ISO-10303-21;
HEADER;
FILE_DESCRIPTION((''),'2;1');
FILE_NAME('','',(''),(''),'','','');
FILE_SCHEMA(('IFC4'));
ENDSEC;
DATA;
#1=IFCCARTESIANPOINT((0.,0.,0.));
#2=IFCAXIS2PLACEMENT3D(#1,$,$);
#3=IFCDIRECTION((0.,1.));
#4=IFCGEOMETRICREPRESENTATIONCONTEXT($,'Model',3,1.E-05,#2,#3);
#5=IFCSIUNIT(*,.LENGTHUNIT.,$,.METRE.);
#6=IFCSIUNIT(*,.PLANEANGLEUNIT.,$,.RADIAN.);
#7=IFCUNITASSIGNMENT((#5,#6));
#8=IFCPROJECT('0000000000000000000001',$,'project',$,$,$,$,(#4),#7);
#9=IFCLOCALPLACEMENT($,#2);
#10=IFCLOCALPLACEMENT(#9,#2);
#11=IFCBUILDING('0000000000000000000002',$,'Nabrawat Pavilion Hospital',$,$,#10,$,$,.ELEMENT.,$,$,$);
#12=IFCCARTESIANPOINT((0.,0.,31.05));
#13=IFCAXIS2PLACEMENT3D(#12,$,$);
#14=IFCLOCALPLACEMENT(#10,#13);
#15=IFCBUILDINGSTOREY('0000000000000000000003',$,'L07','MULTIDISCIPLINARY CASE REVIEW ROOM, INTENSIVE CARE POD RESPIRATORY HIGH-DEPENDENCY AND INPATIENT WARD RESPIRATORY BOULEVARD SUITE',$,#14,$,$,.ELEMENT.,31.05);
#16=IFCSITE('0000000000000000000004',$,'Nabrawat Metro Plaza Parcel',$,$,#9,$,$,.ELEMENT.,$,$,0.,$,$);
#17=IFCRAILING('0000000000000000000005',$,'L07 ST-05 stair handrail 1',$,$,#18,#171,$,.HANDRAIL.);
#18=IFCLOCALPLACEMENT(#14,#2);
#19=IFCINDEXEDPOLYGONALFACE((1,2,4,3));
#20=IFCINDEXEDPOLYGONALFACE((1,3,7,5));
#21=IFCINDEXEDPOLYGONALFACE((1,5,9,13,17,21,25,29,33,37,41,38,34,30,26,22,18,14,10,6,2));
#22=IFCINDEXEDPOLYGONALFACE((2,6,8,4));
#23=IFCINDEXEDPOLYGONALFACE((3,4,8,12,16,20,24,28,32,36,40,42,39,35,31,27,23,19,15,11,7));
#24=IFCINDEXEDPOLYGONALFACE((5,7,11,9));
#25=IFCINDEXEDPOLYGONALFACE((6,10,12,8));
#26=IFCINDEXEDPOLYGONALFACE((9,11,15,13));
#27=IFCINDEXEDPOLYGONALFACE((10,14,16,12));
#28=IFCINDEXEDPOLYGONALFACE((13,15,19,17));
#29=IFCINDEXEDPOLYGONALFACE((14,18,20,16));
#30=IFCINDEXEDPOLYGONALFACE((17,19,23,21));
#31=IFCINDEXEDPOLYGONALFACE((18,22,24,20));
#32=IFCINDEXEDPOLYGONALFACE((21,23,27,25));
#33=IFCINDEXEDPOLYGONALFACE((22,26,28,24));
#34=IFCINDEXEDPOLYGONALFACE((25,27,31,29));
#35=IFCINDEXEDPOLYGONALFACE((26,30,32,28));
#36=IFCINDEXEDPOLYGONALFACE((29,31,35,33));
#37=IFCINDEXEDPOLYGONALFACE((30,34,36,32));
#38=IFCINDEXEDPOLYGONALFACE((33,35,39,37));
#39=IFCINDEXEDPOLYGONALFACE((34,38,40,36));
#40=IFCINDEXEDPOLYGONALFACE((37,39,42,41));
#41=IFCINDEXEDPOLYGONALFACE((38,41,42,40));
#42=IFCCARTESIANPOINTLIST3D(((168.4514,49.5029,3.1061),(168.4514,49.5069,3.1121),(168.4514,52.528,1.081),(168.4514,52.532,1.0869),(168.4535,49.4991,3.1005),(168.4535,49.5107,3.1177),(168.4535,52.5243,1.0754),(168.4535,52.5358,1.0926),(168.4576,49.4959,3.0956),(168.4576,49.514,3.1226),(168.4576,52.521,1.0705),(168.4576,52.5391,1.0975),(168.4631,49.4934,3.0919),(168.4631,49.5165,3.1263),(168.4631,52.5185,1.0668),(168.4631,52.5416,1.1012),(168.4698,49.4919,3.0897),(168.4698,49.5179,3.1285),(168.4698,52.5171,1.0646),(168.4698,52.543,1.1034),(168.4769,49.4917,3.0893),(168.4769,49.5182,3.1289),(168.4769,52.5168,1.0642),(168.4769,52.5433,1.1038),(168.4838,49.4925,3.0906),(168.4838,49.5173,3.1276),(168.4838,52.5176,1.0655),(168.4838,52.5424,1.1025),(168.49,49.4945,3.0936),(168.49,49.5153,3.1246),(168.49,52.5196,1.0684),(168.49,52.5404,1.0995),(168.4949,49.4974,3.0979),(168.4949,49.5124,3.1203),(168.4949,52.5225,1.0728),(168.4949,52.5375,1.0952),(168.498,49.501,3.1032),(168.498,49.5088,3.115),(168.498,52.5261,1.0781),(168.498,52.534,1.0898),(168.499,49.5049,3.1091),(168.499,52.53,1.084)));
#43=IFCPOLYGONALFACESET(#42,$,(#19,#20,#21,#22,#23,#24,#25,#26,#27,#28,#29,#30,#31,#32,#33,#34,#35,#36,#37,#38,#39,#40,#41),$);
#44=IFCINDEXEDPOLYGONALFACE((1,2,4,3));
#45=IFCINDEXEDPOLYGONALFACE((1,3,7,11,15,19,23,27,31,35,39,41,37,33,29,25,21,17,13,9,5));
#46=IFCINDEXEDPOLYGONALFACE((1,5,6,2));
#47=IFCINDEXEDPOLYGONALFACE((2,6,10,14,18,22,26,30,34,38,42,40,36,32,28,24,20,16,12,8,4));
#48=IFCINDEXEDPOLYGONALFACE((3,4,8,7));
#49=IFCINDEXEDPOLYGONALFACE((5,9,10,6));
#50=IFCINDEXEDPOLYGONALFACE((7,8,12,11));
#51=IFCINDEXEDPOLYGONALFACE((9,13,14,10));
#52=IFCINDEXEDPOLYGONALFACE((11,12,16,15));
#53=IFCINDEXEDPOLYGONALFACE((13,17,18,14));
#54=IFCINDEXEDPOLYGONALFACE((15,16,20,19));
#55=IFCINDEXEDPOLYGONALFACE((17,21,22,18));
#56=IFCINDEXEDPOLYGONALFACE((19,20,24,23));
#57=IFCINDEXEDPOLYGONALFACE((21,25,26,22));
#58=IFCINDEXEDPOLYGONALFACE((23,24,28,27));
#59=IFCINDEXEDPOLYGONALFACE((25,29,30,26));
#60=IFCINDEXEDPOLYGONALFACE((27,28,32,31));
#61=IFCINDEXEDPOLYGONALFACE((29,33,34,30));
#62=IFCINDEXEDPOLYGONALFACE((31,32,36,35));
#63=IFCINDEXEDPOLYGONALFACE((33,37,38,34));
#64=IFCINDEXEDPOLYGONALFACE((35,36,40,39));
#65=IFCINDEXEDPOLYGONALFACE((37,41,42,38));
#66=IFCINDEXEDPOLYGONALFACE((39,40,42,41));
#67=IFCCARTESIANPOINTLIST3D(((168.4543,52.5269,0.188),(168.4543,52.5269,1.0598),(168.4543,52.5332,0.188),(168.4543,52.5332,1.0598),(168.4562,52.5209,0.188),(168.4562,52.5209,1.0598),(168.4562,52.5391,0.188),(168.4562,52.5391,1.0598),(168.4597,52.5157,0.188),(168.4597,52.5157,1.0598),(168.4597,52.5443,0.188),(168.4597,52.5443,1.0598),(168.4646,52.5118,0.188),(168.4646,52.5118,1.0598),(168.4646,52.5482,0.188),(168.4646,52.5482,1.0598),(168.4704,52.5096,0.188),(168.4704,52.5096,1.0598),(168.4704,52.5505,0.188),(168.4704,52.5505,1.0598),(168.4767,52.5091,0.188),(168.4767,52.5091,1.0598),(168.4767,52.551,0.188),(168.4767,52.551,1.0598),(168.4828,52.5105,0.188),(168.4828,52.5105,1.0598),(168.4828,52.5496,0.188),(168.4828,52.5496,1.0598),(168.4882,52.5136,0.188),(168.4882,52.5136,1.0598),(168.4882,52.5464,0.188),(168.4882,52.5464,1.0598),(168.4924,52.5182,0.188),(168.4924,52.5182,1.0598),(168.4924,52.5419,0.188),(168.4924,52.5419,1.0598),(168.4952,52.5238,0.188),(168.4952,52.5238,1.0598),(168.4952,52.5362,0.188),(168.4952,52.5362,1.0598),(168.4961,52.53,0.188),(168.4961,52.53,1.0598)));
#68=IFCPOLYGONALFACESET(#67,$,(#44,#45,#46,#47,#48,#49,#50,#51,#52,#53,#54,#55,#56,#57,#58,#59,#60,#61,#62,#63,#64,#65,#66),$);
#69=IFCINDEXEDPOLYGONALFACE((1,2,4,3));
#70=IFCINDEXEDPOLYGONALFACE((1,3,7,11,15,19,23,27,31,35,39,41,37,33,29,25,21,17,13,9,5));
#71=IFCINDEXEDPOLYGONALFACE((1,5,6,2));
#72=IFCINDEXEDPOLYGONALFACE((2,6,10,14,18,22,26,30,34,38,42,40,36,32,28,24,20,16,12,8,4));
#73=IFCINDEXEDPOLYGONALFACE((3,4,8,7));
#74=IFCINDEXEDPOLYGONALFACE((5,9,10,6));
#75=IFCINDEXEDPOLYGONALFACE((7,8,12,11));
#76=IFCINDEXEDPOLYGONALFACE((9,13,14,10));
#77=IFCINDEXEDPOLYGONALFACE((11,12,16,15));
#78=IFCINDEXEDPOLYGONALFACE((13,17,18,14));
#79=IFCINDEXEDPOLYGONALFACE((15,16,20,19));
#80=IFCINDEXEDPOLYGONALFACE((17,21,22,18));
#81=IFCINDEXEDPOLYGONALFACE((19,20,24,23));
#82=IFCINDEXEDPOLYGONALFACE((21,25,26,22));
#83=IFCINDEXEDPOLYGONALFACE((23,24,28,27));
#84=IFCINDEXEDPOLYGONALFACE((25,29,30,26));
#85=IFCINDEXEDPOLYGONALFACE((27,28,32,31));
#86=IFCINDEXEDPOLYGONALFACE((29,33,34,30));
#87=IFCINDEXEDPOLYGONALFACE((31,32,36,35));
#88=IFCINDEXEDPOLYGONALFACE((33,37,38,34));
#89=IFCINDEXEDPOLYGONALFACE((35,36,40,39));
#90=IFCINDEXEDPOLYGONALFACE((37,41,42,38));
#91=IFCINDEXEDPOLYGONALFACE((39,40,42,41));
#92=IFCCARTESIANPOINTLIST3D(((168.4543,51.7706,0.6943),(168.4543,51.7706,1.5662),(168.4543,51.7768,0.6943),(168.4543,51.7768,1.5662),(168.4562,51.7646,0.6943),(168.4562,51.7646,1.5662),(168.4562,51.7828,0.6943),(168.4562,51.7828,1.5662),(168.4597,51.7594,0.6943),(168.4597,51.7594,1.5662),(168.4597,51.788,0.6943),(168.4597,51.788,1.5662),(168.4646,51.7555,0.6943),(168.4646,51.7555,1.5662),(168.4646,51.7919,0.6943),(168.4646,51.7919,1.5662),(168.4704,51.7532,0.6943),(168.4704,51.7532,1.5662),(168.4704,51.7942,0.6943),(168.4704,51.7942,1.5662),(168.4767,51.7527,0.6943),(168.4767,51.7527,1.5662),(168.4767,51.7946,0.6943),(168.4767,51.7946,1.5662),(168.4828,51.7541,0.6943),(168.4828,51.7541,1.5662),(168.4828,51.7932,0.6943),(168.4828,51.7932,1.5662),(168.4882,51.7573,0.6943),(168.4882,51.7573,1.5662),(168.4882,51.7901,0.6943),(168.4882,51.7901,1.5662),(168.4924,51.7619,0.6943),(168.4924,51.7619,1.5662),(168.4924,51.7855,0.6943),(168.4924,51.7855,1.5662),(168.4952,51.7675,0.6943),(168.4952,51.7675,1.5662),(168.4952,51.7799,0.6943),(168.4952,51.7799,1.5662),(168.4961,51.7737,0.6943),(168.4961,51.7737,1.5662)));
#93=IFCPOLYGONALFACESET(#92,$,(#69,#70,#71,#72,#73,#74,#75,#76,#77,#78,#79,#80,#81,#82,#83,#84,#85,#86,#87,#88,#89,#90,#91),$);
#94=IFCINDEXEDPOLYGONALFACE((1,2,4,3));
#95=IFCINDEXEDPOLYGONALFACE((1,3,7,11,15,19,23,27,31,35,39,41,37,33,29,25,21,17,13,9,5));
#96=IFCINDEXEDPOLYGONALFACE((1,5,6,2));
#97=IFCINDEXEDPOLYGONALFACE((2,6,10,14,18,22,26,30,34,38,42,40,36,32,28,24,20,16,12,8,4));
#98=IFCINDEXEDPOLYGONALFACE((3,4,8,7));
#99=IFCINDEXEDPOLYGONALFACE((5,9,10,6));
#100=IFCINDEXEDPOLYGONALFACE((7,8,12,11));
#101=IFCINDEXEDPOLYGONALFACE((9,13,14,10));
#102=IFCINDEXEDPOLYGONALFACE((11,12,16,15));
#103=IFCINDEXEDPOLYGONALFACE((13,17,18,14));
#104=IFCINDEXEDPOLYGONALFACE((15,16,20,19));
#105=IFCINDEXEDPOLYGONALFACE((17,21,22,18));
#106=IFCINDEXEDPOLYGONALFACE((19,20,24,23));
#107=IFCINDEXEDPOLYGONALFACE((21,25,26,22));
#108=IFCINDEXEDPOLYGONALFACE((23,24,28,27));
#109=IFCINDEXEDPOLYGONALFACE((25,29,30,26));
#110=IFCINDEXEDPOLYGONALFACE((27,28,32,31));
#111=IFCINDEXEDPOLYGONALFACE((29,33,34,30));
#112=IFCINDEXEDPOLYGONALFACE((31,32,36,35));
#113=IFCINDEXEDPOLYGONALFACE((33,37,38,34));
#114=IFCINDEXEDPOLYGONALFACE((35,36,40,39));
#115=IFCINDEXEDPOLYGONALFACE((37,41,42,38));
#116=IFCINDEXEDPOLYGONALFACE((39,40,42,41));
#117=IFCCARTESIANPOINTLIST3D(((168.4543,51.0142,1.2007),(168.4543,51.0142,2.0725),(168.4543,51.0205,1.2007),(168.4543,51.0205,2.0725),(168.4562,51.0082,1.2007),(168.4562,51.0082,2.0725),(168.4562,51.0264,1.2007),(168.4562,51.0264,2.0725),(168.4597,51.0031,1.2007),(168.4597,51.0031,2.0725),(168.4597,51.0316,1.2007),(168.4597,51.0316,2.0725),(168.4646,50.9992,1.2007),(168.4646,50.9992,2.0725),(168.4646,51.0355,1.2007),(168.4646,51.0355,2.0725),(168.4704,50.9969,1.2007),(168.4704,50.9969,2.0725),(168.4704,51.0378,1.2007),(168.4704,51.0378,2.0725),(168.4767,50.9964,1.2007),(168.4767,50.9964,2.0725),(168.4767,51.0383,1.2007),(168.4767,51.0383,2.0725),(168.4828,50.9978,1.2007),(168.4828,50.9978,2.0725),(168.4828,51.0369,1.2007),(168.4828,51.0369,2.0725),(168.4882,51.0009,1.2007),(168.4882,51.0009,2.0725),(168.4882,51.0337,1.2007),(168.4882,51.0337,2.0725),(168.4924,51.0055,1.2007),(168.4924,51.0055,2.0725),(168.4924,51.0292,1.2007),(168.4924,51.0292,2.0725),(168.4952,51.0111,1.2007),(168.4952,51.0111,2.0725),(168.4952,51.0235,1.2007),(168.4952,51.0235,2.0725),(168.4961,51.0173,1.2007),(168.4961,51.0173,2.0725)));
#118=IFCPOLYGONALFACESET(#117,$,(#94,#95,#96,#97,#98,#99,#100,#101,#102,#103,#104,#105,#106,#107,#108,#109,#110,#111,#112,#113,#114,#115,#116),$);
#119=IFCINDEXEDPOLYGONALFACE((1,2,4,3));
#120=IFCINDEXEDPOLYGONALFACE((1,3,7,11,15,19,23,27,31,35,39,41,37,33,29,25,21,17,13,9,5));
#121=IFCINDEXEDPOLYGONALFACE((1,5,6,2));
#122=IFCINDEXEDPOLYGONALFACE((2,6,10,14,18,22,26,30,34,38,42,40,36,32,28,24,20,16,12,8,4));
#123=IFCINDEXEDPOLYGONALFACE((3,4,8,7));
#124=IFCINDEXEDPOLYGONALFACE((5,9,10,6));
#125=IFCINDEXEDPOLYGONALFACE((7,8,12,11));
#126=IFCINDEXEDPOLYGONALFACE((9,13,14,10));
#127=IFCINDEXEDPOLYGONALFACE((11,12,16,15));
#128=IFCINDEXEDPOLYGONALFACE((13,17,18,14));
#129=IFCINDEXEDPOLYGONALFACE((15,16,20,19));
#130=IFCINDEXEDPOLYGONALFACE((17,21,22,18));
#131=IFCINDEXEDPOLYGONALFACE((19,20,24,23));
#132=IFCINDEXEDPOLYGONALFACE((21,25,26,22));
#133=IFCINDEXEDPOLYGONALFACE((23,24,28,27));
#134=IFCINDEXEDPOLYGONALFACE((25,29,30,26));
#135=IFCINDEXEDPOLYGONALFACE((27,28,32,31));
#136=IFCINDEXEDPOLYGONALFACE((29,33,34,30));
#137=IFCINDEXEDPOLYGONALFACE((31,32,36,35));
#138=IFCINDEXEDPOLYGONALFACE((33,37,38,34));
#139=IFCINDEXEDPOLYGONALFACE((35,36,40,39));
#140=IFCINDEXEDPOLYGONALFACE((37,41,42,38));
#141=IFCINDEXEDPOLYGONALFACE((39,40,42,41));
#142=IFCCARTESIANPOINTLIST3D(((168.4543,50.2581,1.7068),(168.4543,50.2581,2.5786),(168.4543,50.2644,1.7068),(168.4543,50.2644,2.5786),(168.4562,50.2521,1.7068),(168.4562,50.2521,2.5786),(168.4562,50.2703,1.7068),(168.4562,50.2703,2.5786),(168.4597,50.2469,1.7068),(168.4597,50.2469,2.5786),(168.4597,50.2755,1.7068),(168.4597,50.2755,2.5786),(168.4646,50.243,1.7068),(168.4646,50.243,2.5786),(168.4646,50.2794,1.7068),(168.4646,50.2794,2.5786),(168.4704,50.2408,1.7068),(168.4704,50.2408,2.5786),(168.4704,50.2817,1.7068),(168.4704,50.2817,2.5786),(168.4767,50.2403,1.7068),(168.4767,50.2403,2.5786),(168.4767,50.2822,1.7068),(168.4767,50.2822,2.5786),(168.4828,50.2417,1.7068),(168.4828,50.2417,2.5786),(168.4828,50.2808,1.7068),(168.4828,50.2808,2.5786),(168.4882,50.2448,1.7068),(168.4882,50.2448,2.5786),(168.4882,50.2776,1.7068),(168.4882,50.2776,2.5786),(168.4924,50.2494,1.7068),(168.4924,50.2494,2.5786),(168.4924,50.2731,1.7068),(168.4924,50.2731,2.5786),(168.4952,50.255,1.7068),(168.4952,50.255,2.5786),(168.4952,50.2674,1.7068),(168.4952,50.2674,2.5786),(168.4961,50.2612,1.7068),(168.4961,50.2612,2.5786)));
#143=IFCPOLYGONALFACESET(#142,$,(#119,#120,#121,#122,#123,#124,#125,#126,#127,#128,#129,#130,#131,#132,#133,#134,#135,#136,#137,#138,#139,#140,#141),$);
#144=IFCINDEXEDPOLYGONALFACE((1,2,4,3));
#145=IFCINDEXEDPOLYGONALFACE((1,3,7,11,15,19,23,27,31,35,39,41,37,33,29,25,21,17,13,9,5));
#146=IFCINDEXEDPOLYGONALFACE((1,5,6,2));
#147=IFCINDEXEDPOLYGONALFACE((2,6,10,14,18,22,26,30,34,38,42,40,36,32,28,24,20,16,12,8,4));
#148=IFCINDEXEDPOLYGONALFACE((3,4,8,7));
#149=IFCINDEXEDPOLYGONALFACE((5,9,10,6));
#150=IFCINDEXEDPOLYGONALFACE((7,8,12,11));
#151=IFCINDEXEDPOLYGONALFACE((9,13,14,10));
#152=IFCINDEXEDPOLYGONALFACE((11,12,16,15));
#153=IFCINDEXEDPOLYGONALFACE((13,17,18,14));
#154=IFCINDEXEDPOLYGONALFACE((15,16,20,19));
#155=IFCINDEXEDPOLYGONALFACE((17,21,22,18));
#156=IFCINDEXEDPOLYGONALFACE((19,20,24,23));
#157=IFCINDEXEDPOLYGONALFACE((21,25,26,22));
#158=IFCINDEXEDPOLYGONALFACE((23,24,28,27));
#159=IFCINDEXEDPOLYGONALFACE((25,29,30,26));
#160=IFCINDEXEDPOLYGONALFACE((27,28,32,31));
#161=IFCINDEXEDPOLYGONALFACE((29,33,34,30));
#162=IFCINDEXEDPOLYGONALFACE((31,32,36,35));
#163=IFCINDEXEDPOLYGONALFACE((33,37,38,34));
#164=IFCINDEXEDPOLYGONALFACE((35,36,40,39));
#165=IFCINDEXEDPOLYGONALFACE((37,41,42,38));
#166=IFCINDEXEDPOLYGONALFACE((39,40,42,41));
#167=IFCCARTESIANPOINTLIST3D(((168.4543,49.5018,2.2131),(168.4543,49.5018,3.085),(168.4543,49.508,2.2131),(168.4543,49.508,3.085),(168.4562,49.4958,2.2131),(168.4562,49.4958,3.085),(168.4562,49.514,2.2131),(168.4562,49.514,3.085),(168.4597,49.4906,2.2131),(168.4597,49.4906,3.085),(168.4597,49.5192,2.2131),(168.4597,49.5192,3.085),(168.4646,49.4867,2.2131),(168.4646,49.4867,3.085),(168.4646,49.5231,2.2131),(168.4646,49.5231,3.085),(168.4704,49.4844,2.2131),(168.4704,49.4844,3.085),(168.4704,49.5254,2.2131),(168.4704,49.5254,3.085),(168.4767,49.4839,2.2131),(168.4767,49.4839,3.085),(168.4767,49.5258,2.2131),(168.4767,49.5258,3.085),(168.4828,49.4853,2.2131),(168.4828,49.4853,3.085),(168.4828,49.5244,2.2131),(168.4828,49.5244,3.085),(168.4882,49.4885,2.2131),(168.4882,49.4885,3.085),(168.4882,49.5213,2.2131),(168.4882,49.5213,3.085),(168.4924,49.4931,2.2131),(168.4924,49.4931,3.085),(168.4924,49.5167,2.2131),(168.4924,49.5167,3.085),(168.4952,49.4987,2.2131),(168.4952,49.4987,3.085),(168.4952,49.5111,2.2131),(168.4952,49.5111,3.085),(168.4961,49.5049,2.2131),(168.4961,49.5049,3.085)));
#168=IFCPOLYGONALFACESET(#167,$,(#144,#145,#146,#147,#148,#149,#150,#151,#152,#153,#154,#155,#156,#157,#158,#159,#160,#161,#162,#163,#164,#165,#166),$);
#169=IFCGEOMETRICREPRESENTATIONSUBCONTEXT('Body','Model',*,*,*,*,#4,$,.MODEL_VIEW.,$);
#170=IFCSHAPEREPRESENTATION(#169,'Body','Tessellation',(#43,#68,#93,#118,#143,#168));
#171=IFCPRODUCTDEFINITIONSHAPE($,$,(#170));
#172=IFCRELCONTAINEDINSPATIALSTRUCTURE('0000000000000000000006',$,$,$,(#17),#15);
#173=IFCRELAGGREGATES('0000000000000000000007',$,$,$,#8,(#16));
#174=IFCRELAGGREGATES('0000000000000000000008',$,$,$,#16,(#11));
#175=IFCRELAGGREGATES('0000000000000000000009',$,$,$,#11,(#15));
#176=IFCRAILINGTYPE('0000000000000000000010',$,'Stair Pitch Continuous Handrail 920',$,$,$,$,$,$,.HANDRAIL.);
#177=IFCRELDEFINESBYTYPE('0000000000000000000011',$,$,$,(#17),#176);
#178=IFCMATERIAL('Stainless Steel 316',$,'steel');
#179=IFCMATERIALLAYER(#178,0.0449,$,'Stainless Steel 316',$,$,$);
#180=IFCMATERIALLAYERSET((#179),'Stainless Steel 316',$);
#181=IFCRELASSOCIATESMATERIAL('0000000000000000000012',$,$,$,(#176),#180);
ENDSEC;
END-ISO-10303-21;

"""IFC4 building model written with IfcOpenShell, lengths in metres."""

from ifc_helpers import new_model, si_unit, direction, frame, origin, origin_2d, place, context, subcontext, project, spatial, circle, extrude, material, layer, layer_set, type_object, element, save


model = new_model("IFC4")

# Units and contexts
model_context = context("Model", 3, precision=1e-05, world=origin(), true_north=direction((0.0, 1.0)))
body_context = subcontext(model_context, "Body", "Model", "MODEL_VIEW")
ifc_project = project(units=[si_unit("LENGTHUNIT", "METRE"), si_unit("PLANEANGLEUNIT", "RADIAN")], contexts=[model_context])

# Site, building, storey
site_placement = place(None, origin())
site = spatial("IfcSite", under=ifc_project, at=site_placement, Name="Nabrawat Metro Plaza Parcel", CompositionType="ELEMENT", RefElevation=0.0)
building_placement = place(site_placement, origin())
building = spatial("IfcBuilding", under=site, at=building_placement, Name="Nabrawat Pavilion Hospital", CompositionType="ELEMENT")
storey_placement = place(building_placement, frame((0.0, 0.0, 31.05)))
storey = spatial("IfcBuildingStorey", under=building, at=storey_placement, Name="L07", Description="MULTIDISCIPLINARY CASE REVIEW ROOM, INTENSIVE CARE POD RESPIRATORY HIGH-DEPENDENCY AND INPATIENT WARD RESPIRATORY BOULEVARD SUITE", CompositionType="ELEMENT", Elevation=31.05)

# Railing
ifc_material_1 = material(Name="Stainless Steel 316", Category="steel")
ifc_layer_1 = layer(ifc_material_1, 0.0449, Name="Stainless Steel 316")
ifc_layer_set_1 = layer_set([ifc_layer_1], Name="Stainless Steel 316")
railing_type_1 = type_object("IfcRailingType", Name="Stair Pitch Continuous Handrail 920", PredefinedType="HANDRAIL", material=ifc_layer_set_1)
railing_1_placement = place(storey_placement, frame((168.4751, 52.53, 0.188)))
element("IfcRailing", 1, at=railing_1_placement, inside=storey, type_object=railing_type_1, Name="L07 ST-05 stair handrail 1", PredefinedType="HANDRAIL", context=body_context, shape_type="SweptSolid", body=[
    extrude(circle(Radius=0.0239, at=origin_2d()), frame((0.0, 0.0, 0.896), z_axis=(0.0, -0.830986, 0.556293), x_axis=(1.0, 0.0, 0.0)), (0.0, 0.0, 1.0), 3.6404),
    extrude(circle(Radius=0.021, at=origin_2d()), origin(), (0.0, 0.0, 1.0), 0.8718),
    extrude(circle(Radius=0.021, at=origin_2d()), frame((0.0, -0.7563, 0.5063)), (0.0, 0.0, 1.0), 0.8718),
    extrude(circle(Radius=0.021, at=origin_2d()), frame((0.0, -1.5127, 1.0127)), (0.0, 0.0, 1.0), 0.8718),
    extrude(circle(Radius=0.021, at=origin_2d()), frame((0.0, -2.2688, 1.5188)), (0.0, 0.0, 1.0), 0.8718),
    extrude(circle(Radius=0.021, at=origin_2d()), frame((0.0, -3.0251, 2.0251)), (0.0, 0.0, 1.0), 0.8718),
])

save(model, "model.ifc")
